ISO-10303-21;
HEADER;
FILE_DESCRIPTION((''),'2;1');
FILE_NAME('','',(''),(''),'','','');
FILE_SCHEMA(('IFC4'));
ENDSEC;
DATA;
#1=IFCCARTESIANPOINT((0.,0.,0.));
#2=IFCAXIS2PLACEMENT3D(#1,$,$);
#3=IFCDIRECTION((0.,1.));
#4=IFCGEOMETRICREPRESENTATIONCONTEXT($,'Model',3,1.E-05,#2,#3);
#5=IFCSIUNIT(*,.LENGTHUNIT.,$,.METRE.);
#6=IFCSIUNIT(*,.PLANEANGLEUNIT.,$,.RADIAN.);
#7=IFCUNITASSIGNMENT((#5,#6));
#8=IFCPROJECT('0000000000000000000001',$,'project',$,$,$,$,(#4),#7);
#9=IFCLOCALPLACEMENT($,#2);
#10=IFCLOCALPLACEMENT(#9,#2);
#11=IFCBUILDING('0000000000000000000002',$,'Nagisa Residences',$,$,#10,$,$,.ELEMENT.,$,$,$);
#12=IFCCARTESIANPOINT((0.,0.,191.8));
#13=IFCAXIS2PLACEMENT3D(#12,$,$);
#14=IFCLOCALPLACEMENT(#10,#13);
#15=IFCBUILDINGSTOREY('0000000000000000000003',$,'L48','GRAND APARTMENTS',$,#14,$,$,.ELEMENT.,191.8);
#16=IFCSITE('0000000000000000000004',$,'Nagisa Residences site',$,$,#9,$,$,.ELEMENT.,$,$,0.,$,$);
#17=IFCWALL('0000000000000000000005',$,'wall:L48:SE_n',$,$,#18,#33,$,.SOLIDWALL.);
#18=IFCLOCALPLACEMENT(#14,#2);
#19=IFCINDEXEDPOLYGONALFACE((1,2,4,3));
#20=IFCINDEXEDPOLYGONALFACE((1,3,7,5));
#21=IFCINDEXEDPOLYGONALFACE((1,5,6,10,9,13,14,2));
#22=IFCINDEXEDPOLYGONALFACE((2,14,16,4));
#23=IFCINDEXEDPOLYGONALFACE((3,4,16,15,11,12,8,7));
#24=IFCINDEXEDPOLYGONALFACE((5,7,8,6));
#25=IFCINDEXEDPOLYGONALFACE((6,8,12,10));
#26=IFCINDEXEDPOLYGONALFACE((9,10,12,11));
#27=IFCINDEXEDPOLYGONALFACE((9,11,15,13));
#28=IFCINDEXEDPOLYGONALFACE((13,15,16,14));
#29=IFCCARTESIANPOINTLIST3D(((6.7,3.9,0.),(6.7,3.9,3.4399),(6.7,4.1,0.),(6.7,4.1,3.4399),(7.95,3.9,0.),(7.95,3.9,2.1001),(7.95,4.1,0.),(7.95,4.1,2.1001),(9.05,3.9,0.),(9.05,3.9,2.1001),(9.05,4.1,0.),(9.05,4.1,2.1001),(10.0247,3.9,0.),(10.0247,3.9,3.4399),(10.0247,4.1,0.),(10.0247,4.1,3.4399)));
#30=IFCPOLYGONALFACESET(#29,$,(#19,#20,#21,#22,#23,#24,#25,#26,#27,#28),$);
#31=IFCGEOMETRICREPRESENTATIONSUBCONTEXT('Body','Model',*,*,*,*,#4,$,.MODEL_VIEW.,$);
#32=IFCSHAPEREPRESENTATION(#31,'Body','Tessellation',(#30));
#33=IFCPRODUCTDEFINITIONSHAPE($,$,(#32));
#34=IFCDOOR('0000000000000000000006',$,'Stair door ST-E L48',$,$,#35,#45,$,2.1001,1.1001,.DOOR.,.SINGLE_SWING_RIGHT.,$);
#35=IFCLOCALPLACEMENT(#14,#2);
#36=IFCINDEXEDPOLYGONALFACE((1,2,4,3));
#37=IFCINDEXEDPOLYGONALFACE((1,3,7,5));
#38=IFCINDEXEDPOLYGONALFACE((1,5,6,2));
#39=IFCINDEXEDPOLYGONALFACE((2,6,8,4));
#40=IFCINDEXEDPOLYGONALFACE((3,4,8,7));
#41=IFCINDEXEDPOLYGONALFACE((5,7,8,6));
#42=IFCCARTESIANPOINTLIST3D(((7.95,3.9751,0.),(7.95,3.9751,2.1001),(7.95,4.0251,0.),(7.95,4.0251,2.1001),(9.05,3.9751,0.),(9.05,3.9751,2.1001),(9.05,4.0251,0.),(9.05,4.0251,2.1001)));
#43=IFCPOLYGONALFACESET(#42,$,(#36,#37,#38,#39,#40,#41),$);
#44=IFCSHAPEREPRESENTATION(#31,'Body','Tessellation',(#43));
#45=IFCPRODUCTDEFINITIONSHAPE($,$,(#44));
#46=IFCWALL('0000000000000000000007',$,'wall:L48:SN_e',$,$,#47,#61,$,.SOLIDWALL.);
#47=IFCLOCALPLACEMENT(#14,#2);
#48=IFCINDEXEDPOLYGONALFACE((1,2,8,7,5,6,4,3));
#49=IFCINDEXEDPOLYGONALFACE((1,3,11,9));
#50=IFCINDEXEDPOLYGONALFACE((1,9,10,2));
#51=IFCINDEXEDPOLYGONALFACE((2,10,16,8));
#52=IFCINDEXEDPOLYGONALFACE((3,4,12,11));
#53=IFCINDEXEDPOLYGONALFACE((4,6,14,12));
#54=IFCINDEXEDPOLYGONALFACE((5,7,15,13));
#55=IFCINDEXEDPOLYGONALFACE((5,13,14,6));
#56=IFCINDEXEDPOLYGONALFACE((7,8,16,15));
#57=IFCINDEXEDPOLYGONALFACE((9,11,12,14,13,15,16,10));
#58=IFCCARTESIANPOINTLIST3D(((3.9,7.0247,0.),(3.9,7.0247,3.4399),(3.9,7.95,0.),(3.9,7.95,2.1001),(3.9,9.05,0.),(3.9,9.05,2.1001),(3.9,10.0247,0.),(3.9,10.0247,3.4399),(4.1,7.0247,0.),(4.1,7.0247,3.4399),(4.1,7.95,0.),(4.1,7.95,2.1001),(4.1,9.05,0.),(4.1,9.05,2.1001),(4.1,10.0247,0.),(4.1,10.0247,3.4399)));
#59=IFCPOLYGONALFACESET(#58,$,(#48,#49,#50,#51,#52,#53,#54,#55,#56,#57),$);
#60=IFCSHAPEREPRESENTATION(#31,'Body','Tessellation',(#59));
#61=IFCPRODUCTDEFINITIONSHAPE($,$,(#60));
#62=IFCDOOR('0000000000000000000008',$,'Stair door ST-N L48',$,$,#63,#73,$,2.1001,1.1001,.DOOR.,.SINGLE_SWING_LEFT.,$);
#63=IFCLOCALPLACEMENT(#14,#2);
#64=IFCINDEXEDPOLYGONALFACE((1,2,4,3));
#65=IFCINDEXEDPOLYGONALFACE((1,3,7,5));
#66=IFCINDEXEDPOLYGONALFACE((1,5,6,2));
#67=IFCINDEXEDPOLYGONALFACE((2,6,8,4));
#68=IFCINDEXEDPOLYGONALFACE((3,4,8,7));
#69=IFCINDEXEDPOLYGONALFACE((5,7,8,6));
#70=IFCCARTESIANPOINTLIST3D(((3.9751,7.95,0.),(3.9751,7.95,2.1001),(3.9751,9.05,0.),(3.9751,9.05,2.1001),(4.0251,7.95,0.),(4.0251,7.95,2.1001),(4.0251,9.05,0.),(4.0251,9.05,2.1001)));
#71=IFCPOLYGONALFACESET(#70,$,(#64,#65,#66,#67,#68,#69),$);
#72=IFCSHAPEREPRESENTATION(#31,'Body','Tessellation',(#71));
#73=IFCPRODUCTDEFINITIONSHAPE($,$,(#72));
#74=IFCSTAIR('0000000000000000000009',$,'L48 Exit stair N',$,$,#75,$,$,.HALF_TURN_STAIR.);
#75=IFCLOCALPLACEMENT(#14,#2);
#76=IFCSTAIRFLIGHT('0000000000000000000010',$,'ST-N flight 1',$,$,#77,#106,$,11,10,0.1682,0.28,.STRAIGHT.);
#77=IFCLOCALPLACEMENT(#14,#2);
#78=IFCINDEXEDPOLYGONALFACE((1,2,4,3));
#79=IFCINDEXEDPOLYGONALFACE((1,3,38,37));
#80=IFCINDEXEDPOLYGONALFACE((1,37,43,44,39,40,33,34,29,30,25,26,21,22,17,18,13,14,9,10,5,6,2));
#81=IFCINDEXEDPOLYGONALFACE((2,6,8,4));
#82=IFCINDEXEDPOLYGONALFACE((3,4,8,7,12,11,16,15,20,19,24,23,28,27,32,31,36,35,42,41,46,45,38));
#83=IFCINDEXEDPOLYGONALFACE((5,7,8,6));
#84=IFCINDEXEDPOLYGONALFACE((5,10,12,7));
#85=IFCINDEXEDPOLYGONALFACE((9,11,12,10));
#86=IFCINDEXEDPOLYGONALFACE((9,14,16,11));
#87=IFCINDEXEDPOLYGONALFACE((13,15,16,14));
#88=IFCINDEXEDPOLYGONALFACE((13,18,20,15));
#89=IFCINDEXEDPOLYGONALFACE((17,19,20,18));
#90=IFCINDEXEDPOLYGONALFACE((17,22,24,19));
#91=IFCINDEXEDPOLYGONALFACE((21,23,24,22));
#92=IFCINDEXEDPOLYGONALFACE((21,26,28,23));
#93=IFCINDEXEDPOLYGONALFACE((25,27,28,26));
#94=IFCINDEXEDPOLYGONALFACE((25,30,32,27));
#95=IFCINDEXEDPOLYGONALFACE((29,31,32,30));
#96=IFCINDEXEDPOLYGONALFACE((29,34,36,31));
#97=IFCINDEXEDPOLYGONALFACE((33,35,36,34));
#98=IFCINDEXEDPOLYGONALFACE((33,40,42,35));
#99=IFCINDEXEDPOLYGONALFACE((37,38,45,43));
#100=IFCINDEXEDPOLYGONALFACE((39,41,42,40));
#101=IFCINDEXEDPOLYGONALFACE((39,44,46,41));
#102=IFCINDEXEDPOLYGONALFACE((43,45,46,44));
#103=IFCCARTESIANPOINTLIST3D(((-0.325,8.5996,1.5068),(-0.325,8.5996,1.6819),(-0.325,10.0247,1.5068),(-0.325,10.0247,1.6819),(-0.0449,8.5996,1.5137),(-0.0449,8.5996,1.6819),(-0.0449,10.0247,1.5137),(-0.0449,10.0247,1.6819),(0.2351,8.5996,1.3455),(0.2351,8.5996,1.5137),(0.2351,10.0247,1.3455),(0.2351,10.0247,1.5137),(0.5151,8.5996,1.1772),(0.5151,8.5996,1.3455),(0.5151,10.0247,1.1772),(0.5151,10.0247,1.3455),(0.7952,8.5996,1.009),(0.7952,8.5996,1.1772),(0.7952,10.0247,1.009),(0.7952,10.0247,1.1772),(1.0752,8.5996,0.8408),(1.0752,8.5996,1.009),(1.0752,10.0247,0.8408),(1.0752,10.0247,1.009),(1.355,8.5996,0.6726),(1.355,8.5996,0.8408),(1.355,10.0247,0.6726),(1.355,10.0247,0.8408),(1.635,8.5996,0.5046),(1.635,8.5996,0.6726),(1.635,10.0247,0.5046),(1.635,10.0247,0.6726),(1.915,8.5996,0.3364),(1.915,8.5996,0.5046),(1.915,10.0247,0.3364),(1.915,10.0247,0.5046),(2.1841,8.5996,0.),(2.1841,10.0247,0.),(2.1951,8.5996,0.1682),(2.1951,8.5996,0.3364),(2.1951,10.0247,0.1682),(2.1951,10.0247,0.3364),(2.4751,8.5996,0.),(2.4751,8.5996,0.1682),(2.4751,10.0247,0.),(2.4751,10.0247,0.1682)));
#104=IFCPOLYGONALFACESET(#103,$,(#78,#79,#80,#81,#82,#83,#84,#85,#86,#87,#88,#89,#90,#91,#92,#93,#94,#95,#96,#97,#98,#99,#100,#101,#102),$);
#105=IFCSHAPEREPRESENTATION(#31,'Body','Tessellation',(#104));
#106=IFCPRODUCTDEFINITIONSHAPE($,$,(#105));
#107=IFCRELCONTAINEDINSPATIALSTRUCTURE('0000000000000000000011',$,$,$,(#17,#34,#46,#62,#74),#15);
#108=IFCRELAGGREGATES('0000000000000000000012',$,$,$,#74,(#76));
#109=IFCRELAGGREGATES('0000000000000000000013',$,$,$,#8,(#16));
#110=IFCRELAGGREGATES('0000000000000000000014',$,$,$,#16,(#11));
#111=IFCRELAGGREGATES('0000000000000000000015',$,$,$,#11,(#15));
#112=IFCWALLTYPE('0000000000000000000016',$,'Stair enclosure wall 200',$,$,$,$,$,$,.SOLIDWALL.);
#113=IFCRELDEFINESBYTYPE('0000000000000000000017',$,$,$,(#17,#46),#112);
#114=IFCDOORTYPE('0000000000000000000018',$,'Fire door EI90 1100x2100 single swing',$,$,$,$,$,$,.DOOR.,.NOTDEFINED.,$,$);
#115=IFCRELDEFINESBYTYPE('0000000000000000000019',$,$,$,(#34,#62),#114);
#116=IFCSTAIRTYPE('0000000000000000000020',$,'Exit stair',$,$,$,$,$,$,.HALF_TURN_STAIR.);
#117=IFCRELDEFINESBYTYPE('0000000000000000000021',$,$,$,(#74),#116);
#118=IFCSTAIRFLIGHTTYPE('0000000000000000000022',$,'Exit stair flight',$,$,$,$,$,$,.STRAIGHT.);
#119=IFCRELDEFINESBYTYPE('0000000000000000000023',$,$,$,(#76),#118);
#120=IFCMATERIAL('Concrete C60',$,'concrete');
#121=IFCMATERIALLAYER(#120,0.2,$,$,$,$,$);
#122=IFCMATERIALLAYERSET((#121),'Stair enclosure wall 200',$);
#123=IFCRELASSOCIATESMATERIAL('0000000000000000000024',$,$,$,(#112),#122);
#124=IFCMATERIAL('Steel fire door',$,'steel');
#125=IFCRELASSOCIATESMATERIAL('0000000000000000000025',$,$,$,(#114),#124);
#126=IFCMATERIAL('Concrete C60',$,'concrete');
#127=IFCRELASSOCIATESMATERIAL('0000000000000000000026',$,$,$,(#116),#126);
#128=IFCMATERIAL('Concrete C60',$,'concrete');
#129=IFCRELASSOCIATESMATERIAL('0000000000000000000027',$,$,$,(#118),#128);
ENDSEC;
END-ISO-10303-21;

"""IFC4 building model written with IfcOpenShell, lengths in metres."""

from ifc_helpers import new_model, si_unit, direction, frame, frame_2d, origin, place, context, subcontext, project, spatial, polyline, rectangle, outline, extrude, material, layer, layer_set, type_object, element, fill, aggregate, save


model = new_model("IFC4")

# Units and contexts
model_context = context("Model", 3, precision=1e-05, world=origin(), true_north=direction((0.0, 1.0)))
body_context = subcontext(model_context, "Body", "Model", "MODEL_VIEW")
ifc_project = project(units=[si_unit("LENGTHUNIT", "METRE"), si_unit("PLANEANGLEUNIT", "RADIAN")], contexts=[model_context])

# Site, building, storey
site_placement = place(None, origin())
site = spatial("IfcSite", under=ifc_project, at=site_placement, Name="Nagisa Residences site", CompositionType="ELEMENT", RefElevation=0.0)
building_placement = place(site_placement, origin())
building = spatial("IfcBuilding", under=site, at=building_placement, Name="Nagisa Residences", CompositionType="ELEMENT")
storey_placement = place(building_placement, frame((0.0, 0.0, 191.8)))
storey = spatial("IfcBuildingStorey", under=building, at=storey_placement, Name="L48", Description="GRAND APARTMENTS", CompositionType="ELEMENT", Elevation=191.8)

# Walls, openings, doors
ifc_material_1 = material(Name="Concrete C60", Category="concrete")
ifc_layer_1 = layer(ifc_material_1, 0.2)
ifc_layer_set_1 = layer_set([ifc_layer_1], Name="Stair enclosure wall 200")
wall_type_1 = type_object("IfcWallType", Name="Stair enclosure wall 200", PredefinedType="SOLIDWALL", material=ifc_layer_set_1)
wall_1_placement = place(storey_placement, frame((6.7, 4.0, 0.0), z_axis=(0.0, 0.0, 1.0), x_axis=(1.0, 0.0, 0.0)))
wall_1 = element("IfcWall", 1, at=wall_1_placement, inside=storey, type_object=wall_type_1, Name="wall:L48:SE_n", PredefinedType="SOLIDWALL", context=body_context, shape_type="SweptSolid", body=[
    extrude(rectangle(XDim=3.3247, YDim=0.2, at=frame_2d((1.6624, 0.0))), origin(), (0.0, 0.0, 1.0), 3.4399),
])
opening_1_placement = place(wall_1_placement, frame((1.25, 0.0, 0.0)))
opening_1 = element("IfcOpeningElement", 2, at=opening_1_placement, cuts=wall_1, PredefinedType="OPENING", context=body_context, shape_type="SweptSolid", body=[
    extrude(rectangle(XDim=1.1001, YDim=2.1001, at=frame_2d((0.55, 1.05))), frame((0.0, 0.1099, 0.0), z_axis=(0.0, -1.0, 0.0), x_axis=(1.0, 0.0, 0.0)), (0.0, 0.0, 1.0), 0.22),
])
ifc_material_2 = material(Name="Steel fire door", Category="steel")
door_type_1 = type_object("IfcDoorType", Name="Fire door EI90 1100x2100 single swing", OperationType="NOTDEFINED", PredefinedType="DOOR", material=ifc_material_2)
door_1_placement = place(opening_1_placement, frame((1.1001, 0.0, 0.0), x_axis=(-1.0, 0.0, 0.0)))
door_1 = element("IfcDoor", 3, at=door_1_placement, inside=storey, type_object=door_type_1, Name="Stair door ST-E L48", OperationType="SINGLE_SWING_RIGHT", OverallHeight=2.1001, OverallWidth=1.1001, PredefinedType="DOOR", context=body_context, shape_type="SweptSolid", body=[
    extrude(rectangle(XDim=1.1001, YDim=2.1001, at=frame_2d((0.55, 1.05))), frame((0.0, 0.0249, 0.0), z_axis=(0.0, -1.0, 0.0), x_axis=(1.0, 0.0, 0.0)), (0.0, 0.0, 1.0), 0.05),
])
fill(opening_1, door_1)
wall_2_placement = place(storey_placement, frame((4.0, 7.0247, 0.0), z_axis=(0.0, 0.0, 1.0), x_axis=(0.0, 1.0, 0.0)))
wall_2 = element("IfcWall", 4, at=wall_2_placement, inside=storey, type_object=wall_type_1, Name="wall:L48:SN_e", PredefinedType="SOLIDWALL", context=body_context, shape_type="SweptSolid", body=[
    extrude(rectangle(XDim=3.0, YDim=0.2, at=frame_2d((1.5, 0.0))), origin(), (0.0, 0.0, 1.0), 3.4399),
])
opening_2_placement = place(wall_2_placement, frame((0.9253, 0.0, 0.0)))
opening_2 = element("IfcOpeningElement", 5, at=opening_2_placement, cuts=wall_2, PredefinedType="OPENING", context=body_context, shape_type="SweptSolid", body=[
    extrude(rectangle(XDim=1.1001, YDim=2.1001, at=frame_2d((0.55, 1.05))), frame((0.0, 0.1099, 0.0), z_axis=(0.0, -1.0, 0.0), x_axis=(1.0, 0.0, 0.0)), (0.0, 0.0, 1.0), 0.22),
])
door_2_placement = place(opening_2_placement, origin())
door_2 = element("IfcDoor", 6, at=door_2_placement, inside=storey, type_object=door_type_1, Name="Stair door ST-N L48", OperationType="SINGLE_SWING_LEFT", OverallHeight=2.1001, OverallWidth=1.1001, PredefinedType="DOOR", context=body_context, shape_type="SweptSolid", body=[
    extrude(rectangle(XDim=1.1001, YDim=2.1001, at=frame_2d((0.55, 1.05))), frame((0.0, 0.0249, 0.0), z_axis=(0.0, -1.0, 0.0), x_axis=(1.0, 0.0, 0.0)), (0.0, 0.0, 1.0), 0.05),
])
fill(opening_2, door_2)

# Stair, stair flight
ifc_material_3 = material(Name="Concrete C60", Category="concrete")
stair_type = type_object("IfcStairType", Name="Exit stair", PredefinedType="HALF_TURN_STAIR", material=ifc_material_3)
stair_placement = place(storey_placement, origin())
stair = element("IfcStair", 7, at=stair_placement, inside=storey, type_object=stair_type, Name="L48 Exit stair N", PredefinedType="HALF_TURN_STAIR")
ifc_material_4 = material(Name="Concrete C60", Category="concrete")
stair_flight_type = type_object("IfcStairFlightType", Name="Exit stair flight", PredefinedType="STRAIGHT", material=ifc_material_4)
stair_flight_placement = place(storey_placement, frame((2.4751, 9.312, 0.0), z_axis=(0.0, 0.0, 1.0), x_axis=(-1.0, 0.0, 0.0)))
stair_flight = element("IfcStairFlight", 8, at=stair_flight_placement, type_object=stair_flight_type, Name="ST-N flight 1", NumberOfRisers=11, NumberOfTreads=10, PredefinedType="STRAIGHT", RiserHeight=0.1682, TreadLength=0.28, context=body_context, shape_type="SweptSolid", body=[
    extrude(outline(polyline([(0.0, 0.0), (0.0, 0.1682), (0.28, 0.1682), (0.28, 0.3364), (0.5601, 0.3364), (0.5601, 0.5046), (0.8401, 0.5046), (0.8401, 0.6726), (1.1201, 0.6726), (1.1201, 0.8408), (1.3999, 0.8408), (1.3999, 1.009), (1.6799, 1.009), (1.6799, 1.1772), (1.96, 1.1772), (1.96, 1.3455), (2.24, 1.3455), (2.24, 1.5137), (2.52, 1.5137), (2.52, 1.6819), (2.8, 1.6819), (2.8, 1.8501), (2.8, 1.5068), (0.291, 0.0), (0.0, 0.0)])), frame((0.0, 0.7124, 0.0), z_axis=(0.0, -1.0, 0.0), x_axis=(1.0, 0.0, 0.0)), (0.0, 0.0, 1.0), 1.425),
])
aggregate(stair, [stair_flight])

save(model, "model.ifc")
